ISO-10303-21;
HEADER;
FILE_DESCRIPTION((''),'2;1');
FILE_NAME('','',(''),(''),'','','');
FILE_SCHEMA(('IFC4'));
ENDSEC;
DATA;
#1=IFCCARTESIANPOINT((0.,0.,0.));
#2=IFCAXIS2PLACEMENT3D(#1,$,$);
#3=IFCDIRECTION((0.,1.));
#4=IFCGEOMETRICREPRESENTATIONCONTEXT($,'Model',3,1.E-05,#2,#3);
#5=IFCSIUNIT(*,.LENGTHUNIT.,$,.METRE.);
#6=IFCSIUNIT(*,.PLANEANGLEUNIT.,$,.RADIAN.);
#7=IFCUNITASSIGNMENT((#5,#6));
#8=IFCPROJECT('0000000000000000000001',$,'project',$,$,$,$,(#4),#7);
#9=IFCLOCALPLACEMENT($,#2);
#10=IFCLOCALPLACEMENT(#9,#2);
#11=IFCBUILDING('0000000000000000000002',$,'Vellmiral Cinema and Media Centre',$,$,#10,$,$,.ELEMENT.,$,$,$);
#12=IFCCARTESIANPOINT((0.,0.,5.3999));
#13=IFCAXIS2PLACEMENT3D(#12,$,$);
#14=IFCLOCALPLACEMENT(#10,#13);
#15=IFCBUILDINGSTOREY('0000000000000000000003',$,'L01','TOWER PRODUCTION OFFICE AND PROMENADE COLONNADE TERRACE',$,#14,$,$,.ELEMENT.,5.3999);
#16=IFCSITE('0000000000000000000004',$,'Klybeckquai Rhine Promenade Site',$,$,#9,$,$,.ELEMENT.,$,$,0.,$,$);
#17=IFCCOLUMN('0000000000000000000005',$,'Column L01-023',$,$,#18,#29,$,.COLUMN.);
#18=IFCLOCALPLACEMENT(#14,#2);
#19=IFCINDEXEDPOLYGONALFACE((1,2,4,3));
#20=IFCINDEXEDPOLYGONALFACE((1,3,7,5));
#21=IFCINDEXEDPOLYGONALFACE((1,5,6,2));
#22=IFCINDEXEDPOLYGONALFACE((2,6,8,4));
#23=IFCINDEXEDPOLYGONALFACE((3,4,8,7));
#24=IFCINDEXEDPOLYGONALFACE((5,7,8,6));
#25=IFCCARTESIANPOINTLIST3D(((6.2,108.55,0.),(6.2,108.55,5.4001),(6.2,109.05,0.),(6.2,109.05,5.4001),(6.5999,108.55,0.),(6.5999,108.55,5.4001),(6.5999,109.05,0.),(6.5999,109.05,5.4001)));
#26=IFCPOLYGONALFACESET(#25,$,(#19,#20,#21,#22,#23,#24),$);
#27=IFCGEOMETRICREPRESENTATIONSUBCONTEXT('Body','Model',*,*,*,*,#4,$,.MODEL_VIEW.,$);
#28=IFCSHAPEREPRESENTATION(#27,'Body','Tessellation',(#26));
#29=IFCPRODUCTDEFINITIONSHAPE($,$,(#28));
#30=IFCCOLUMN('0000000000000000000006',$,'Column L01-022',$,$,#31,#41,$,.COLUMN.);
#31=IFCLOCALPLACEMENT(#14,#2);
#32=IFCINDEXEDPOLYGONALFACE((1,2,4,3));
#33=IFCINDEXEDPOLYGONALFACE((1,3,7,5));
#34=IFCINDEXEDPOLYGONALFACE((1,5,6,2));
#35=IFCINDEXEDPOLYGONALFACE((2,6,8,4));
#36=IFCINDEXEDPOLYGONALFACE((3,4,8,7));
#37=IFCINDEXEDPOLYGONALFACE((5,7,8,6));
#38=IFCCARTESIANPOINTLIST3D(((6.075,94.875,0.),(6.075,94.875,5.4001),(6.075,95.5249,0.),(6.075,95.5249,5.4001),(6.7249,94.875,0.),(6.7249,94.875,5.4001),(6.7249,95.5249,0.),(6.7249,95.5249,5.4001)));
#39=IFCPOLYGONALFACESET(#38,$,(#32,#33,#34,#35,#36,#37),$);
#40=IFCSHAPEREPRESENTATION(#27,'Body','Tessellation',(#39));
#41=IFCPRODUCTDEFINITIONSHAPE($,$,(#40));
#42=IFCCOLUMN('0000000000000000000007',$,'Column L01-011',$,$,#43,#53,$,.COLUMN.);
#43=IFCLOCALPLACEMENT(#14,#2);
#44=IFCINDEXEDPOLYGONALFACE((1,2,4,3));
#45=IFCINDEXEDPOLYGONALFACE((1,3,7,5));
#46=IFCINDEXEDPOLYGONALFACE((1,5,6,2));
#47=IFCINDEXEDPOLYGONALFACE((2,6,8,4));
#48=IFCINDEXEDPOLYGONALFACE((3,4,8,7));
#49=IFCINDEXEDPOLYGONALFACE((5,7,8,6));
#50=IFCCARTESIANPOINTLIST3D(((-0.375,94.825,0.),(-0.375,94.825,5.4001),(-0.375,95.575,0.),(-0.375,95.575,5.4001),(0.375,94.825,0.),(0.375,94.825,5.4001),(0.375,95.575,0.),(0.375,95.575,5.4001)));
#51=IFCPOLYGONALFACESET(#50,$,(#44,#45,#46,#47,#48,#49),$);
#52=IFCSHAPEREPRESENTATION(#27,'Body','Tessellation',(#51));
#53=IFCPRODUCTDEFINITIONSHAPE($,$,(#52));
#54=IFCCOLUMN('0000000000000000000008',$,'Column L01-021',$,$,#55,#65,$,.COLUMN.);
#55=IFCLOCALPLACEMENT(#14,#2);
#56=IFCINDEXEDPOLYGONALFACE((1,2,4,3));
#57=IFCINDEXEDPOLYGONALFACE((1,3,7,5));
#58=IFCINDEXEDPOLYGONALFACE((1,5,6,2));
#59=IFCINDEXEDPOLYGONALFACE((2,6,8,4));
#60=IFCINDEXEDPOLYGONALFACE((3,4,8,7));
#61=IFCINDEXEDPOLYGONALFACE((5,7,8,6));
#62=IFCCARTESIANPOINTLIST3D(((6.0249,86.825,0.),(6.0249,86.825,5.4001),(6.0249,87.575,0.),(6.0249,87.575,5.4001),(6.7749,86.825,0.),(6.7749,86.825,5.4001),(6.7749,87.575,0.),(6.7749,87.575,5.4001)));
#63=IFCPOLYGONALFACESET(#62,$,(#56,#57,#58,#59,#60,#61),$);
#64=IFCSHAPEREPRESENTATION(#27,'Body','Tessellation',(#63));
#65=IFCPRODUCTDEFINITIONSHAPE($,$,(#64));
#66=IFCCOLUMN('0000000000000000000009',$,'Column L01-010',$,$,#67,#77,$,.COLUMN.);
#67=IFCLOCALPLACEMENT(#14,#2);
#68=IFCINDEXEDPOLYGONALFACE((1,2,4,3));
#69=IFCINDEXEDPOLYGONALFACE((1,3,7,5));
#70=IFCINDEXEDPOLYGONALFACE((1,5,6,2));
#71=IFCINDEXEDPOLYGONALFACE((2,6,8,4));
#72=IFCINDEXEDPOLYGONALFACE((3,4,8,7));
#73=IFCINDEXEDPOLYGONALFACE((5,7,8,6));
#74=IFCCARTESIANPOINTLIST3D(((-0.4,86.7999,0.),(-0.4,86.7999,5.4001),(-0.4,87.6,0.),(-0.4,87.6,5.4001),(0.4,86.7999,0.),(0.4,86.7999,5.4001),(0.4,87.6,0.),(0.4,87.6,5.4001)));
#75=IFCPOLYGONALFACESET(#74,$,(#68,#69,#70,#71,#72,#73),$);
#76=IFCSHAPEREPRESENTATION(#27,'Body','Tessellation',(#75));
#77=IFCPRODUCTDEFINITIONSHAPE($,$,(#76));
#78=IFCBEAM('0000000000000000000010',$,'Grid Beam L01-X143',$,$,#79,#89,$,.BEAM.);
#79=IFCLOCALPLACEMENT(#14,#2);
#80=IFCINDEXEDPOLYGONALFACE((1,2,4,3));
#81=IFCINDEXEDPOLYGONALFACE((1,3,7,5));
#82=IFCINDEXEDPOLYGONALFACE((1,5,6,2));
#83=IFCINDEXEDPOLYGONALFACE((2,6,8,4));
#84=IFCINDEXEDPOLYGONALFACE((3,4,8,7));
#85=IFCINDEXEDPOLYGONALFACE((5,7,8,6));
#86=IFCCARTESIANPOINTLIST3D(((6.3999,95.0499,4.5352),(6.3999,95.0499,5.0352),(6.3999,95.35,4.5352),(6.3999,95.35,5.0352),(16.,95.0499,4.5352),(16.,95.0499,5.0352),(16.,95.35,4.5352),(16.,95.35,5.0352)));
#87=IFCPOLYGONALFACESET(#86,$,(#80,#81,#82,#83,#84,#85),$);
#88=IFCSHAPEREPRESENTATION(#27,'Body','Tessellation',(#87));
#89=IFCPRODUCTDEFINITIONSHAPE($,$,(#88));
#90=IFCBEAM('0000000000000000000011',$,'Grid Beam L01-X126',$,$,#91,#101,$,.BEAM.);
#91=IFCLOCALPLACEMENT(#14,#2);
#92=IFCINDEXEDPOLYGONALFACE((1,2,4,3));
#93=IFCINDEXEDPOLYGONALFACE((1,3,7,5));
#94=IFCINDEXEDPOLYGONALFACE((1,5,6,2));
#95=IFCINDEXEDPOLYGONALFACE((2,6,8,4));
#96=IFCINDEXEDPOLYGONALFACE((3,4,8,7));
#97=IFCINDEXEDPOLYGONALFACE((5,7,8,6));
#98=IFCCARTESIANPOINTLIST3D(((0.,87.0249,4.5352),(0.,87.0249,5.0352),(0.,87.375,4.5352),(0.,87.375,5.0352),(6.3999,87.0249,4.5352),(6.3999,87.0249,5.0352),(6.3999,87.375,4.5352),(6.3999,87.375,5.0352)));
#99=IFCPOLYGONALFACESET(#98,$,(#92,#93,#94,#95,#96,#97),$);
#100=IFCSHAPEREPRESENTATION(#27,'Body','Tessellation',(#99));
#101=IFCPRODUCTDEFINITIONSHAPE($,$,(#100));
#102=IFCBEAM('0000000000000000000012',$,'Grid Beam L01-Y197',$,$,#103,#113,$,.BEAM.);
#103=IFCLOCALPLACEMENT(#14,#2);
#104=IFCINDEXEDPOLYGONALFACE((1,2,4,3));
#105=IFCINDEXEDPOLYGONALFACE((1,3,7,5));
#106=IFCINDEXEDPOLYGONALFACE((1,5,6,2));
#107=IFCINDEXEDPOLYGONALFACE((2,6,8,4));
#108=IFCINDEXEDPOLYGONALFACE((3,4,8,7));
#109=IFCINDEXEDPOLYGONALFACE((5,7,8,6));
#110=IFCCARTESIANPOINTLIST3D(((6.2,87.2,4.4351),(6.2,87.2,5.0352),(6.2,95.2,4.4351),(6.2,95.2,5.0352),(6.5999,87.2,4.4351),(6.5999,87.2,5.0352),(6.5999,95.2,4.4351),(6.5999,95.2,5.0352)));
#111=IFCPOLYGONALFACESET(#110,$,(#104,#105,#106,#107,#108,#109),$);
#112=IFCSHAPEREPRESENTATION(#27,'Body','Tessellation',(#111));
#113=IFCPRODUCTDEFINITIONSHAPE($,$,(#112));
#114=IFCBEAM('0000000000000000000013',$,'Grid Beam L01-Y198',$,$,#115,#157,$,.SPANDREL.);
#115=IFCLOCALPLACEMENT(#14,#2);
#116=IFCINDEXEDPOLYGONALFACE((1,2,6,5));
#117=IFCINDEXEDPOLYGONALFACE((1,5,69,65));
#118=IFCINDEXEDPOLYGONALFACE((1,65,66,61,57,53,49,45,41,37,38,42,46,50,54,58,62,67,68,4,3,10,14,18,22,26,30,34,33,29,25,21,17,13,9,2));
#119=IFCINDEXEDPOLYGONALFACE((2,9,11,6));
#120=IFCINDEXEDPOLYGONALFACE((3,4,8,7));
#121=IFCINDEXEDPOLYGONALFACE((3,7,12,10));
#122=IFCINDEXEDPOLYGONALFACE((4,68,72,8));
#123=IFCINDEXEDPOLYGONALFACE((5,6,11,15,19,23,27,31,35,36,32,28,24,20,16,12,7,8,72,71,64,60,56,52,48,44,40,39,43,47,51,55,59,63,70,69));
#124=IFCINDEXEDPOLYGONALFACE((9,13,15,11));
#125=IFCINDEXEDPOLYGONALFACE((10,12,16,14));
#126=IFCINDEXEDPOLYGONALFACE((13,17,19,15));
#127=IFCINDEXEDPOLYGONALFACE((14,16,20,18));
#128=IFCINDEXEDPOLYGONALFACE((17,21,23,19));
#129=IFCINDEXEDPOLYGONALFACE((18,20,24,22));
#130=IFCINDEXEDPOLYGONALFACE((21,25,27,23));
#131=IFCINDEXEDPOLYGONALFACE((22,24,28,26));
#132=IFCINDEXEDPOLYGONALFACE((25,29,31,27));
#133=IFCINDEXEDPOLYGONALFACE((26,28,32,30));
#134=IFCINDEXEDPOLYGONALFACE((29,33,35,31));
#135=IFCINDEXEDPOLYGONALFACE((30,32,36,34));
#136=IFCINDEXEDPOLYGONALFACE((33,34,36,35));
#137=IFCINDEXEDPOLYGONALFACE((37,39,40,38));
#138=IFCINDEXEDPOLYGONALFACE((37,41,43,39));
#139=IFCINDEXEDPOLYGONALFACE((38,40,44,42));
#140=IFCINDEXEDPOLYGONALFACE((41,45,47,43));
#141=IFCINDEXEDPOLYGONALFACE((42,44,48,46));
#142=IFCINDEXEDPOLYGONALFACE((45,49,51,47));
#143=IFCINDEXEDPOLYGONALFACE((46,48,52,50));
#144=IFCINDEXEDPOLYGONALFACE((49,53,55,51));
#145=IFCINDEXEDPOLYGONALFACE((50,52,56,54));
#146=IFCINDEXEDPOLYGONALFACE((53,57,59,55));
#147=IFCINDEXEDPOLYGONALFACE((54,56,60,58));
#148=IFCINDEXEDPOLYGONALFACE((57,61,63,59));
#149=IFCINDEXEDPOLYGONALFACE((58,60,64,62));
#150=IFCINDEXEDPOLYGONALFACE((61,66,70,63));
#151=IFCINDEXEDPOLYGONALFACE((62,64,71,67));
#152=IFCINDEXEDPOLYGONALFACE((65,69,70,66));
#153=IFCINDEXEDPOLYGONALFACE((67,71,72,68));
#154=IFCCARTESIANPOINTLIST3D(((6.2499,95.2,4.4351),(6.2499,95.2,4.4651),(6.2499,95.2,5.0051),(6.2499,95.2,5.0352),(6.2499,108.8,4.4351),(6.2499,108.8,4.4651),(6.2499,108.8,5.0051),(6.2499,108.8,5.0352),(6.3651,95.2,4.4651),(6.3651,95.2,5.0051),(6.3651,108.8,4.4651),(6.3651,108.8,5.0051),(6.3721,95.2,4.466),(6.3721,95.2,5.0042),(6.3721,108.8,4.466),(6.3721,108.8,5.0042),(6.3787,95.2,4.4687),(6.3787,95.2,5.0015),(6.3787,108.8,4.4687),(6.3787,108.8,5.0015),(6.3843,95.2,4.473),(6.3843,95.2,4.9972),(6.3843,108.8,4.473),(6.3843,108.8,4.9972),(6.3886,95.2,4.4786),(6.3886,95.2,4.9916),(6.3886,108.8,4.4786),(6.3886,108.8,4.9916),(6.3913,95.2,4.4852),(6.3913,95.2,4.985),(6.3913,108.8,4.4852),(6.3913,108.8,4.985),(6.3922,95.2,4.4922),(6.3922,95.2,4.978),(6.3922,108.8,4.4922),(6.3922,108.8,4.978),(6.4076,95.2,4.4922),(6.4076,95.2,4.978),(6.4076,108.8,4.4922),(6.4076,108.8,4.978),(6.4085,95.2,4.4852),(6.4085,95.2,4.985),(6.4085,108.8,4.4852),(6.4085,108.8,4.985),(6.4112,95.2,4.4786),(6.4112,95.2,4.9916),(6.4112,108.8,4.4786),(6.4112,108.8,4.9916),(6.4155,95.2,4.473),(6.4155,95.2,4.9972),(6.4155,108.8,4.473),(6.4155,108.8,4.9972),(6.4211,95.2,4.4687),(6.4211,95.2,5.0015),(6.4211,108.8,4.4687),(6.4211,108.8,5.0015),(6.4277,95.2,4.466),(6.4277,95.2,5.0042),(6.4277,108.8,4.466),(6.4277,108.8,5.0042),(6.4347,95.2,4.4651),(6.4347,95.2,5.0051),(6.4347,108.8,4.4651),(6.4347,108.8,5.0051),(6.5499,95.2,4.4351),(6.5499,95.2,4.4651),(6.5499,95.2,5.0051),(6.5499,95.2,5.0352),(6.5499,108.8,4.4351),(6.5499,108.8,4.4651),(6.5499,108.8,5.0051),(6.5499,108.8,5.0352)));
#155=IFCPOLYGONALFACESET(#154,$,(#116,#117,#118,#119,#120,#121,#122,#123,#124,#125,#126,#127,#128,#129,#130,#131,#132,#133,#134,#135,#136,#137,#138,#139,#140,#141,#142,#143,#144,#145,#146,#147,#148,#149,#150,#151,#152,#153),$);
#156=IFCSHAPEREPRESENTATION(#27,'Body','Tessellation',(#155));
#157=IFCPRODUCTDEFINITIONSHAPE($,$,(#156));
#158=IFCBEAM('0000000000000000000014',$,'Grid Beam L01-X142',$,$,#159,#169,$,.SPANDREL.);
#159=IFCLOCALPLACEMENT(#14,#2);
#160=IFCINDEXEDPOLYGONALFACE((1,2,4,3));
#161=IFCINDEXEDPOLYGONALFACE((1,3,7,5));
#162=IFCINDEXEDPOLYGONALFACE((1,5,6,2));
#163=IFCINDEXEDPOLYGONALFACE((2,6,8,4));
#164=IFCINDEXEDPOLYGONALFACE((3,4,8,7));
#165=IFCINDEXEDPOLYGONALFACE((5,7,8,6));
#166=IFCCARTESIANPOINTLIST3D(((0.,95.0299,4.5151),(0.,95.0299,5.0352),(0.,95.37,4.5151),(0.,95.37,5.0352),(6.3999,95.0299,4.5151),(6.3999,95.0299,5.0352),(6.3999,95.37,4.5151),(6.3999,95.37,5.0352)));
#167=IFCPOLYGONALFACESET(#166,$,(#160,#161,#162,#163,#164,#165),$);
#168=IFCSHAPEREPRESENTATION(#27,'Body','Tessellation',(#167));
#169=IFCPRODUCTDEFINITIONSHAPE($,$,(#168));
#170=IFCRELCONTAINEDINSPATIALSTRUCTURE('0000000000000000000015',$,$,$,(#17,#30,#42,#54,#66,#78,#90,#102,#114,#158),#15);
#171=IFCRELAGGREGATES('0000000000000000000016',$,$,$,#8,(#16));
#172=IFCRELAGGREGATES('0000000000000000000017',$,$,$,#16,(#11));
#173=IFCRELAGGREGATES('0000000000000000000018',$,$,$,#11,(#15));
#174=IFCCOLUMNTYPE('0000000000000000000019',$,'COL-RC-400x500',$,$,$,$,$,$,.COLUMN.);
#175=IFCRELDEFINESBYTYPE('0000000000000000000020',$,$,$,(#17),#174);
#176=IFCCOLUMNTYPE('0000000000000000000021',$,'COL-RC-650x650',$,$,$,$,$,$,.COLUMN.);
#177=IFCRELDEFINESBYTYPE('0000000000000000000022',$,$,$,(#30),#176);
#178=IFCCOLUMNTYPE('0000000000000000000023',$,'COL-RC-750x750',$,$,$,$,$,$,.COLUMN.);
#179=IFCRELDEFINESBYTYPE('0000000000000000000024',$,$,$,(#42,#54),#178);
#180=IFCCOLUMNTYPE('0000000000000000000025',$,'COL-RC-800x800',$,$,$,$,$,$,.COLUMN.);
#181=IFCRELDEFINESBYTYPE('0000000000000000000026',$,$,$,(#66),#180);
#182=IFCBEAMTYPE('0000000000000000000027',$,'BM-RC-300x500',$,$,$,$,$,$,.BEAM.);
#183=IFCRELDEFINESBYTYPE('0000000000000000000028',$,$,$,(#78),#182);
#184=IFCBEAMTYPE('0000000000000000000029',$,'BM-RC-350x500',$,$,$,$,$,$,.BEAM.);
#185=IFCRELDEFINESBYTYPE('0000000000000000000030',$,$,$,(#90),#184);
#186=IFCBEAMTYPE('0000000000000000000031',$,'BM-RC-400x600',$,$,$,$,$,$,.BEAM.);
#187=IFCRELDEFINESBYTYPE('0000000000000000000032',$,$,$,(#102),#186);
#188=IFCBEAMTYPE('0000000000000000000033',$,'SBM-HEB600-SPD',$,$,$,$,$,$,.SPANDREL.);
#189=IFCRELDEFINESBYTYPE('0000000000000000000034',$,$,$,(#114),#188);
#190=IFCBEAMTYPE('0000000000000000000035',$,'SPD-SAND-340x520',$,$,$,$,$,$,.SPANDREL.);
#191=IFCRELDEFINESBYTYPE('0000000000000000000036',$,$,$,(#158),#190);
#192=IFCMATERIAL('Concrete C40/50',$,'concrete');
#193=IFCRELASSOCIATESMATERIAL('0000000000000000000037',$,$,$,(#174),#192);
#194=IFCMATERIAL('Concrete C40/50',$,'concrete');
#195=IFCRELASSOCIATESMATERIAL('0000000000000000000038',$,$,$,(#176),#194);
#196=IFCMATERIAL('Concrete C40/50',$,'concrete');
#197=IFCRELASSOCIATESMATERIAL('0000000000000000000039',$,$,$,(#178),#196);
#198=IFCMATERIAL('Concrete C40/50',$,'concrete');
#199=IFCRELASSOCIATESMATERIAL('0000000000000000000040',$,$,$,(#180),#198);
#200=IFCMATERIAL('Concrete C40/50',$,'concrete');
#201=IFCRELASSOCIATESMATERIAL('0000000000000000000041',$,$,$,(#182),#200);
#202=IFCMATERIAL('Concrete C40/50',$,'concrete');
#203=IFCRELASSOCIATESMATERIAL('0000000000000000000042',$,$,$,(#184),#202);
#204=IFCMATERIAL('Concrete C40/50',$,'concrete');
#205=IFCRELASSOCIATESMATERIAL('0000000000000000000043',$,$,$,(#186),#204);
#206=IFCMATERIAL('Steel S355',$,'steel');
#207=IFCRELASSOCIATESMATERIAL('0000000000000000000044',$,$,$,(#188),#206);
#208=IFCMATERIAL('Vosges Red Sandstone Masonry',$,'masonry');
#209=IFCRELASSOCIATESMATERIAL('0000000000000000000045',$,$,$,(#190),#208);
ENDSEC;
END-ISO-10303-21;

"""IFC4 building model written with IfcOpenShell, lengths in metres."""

from ifc_helpers import new_model, si_unit, direction, frame, origin, origin_2d, place, context, subcontext, project, spatial, rectangle, i_section, extrude, material, material_profile, profile_set, type_object, element, save


model = new_model("IFC4")

# Units and contexts
model_context = context("Model", 3, precision=1e-05, world=origin(), true_north=direction((0.0, 1.0)))
body_context = subcontext(model_context, "Body", "Model", "MODEL_VIEW")
ifc_project = project(units=[si_unit("LENGTHUNIT", "METRE"), si_unit("PLANEANGLEUNIT", "RADIAN")], contexts=[model_context])

# Site, building, storey
site_placement = place(None, origin())
site = spatial("IfcSite", under=ifc_project, at=site_placement, Name="Klybeckquai Rhine Promenade Site", CompositionType="ELEMENT", RefElevation=0.0)
building_placement = place(site_placement, origin())
building = spatial("IfcBuilding", under=site, at=building_placement, Name="Vellmiral Cinema and Media Centre", CompositionType="ELEMENT")
storey_placement = place(building_placement, frame((0.0, 0.0, 5.3999)))
storey = spatial("IfcBuildingStorey", under=building, at=storey_placement, Name="L01", Description="TOWER PRODUCTION OFFICE AND PROMENADE COLONNADE TERRACE", CompositionType="ELEMENT", Elevation=5.3999)

# Columns
ifc_material_1 = material(Name="Concrete C40/50", Category="concrete")
ifc_material_profile_1 = material_profile(ifc_material_1, rectangle(XDim=0.3999, YDim=0.5, at=origin_2d()), Name="RC 400x500")
ifc_profile_set_1 = profile_set([ifc_material_profile_1], Name="Concrete C40/50")
column_type_1 = type_object("IfcColumnType", Name="COL-RC-400x500", PredefinedType="COLUMN", material=ifc_profile_set_1)
column_1_placement = place(storey_placement, frame((6.3999, 108.8, 0.0), z_axis=(0.0, 0.0, 1.0), x_axis=(1.0, 0.0, 0.0)))
element("IfcColumn", 1, at=column_1_placement, inside=storey, type_object=column_type_1, Name="Column L01-023", PredefinedType="COLUMN", context=body_context, shape_type="SweptSolid", body=[
    extrude(rectangle(XDim=0.3999, YDim=0.5, at=origin_2d()), origin(), (0.0, 0.0, 1.0), 5.4001),
])
ifc_material_2 = material(Name="Concrete C40/50", Category="concrete")
ifc_material_profile_2 = material_profile(ifc_material_2, rectangle(XDim=0.6499, YDim=0.6499, at=origin_2d()), Name="RC 650x650")
ifc_profile_set_2 = profile_set([ifc_material_profile_2], Name="Concrete C40/50")
column_type_2 = type_object("IfcColumnType", Name="COL-RC-650x650", PredefinedType="COLUMN", material=ifc_profile_set_2)
column_2_placement = place(storey_placement, frame((6.3999, 95.2, 0.0), z_axis=(0.0, 0.0, 1.0), x_axis=(1.0, 0.0, 0.0)))
element("IfcColumn", 2, at=column_2_placement, inside=storey, type_object=column_type_2, Name="Column L01-022", PredefinedType="COLUMN", context=body_context, shape_type="SweptSolid", body=[
    extrude(rectangle(XDim=0.6499, YDim=0.6499, at=origin_2d()), origin(), (0.0, 0.0, 1.0), 5.4001),
])
ifc_material_3 = material(Name="Concrete C40/50", Category="concrete")
ifc_material_profile_3 = material_profile(ifc_material_3, rectangle(XDim=0.75, YDim=0.75, at=origin_2d()), Name="RC 750x750")
ifc_profile_set_3 = profile_set([ifc_material_profile_3], Name="Concrete C40/50")
column_type_3 = type_object("IfcColumnType", Name="COL-RC-750x750", PredefinedType="COLUMN", material=ifc_profile_set_3)
for number, where, z_axis, x_axis, name in (
    (3, (0.0, 95.2, 0.0), (0.0, 0.0, 1.0), (1.0, 0.0, 0.0), "Column L01-011"),
    (4, (6.3999, 87.2, 0.0), (0.0, 0.0, 1.0), (1.0, 0.0, 0.0), "Column L01-021"),
):
    element("IfcColumn", number, at=place(storey_placement, frame(where, z_axis=z_axis, x_axis=x_axis)), inside=storey, type_object=column_type_3, Name=name, PredefinedType="COLUMN", context=body_context, shape_type="SweptSolid", body=[
        extrude(rectangle(XDim=0.75, YDim=0.75, at=origin_2d()), origin(), (0.0, 0.0, 1.0), 5.4001),
    ])
ifc_material_4 = material(Name="Concrete C40/50", Category="concrete")
ifc_material_profile_4 = material_profile(ifc_material_4, rectangle(XDim=0.8, YDim=0.8, at=origin_2d()), Name="RC 800x800")
ifc_profile_set_4 = profile_set([ifc_material_profile_4], Name="Concrete C40/50")
column_type_4 = type_object("IfcColumnType", Name="COL-RC-800x800", PredefinedType="COLUMN", material=ifc_profile_set_4)
column_3_placement = place(storey_placement, frame((0.0, 87.2, 0.0), z_axis=(0.0, 0.0, 1.0), x_axis=(1.0, 0.0, 0.0)))
element("IfcColumn", 5, at=column_3_placement, inside=storey, type_object=column_type_4, Name="Column L01-010", PredefinedType="COLUMN", context=body_context, shape_type="SweptSolid", body=[
    extrude(rectangle(XDim=0.8, YDim=0.8, at=origin_2d()), origin(), (0.0, 0.0, 1.0), 5.4001),
])

# Beams
ifc_material_5 = material(Name="Concrete C40/50", Category="concrete")
ifc_material_profile_5 = material_profile(ifc_material_5, rectangle(XDim=0.3, YDim=0.5, at=origin_2d()), Name="RC 300x500")
ifc_profile_set_5 = profile_set([ifc_material_profile_5], Name="Concrete C40/50")
beam_type_1 = type_object("IfcBeamType", Name="BM-RC-300x500", PredefinedType="BEAM", material=ifc_profile_set_5)
beam_1_placement = place(storey_placement, frame((6.3999, 95.2, 4.7852), z_axis=(1.0, 0.0, 0.0), x_axis=(0.0, 1.0, 0.0)))
element("IfcBeam", 6, at=beam_1_placement, inside=storey, type_object=beam_type_1, Name="Grid Beam L01-X143", PredefinedType="BEAM", context=body_context, shape_type="SweptSolid", body=[
    extrude(rectangle(XDim=0.3, YDim=0.5, at=origin_2d()), origin(), (0.0, 0.0, 1.0), 9.6001),
])
ifc_material_6 = material(Name="Concrete C40/50", Category="concrete")
ifc_material_profile_6 = material_profile(ifc_material_6, rectangle(XDim=0.3501, YDim=0.5, at=origin_2d()), Name="RC 350x500")
ifc_profile_set_6 = profile_set([ifc_material_profile_6], Name="Concrete C40/50")
beam_type_2 = type_object("IfcBeamType", Name="BM-RC-350x500", PredefinedType="BEAM", material=ifc_profile_set_6)
beam_2_placement = place(storey_placement, frame((0.0, 87.2, 4.7852), z_axis=(1.0, 0.0, 0.0), x_axis=(0.0, 1.0, 0.0)))
element("IfcBeam", 7, at=beam_2_placement, inside=storey, type_object=beam_type_2, Name="Grid Beam L01-X126", PredefinedType="BEAM", context=body_context, shape_type="SweptSolid", body=[
    extrude(rectangle(XDim=0.3501, YDim=0.5, at=origin_2d()), origin(), (0.0, 0.0, 1.0), 6.3999),
])
ifc_material_7 = material(Name="Concrete C40/50", Category="concrete")
ifc_material_profile_7 = material_profile(ifc_material_7, rectangle(XDim=0.3999, YDim=0.6001, at=origin_2d()), Name="RC 400x600")
ifc_profile_set_7 = profile_set([ifc_material_profile_7], Name="Concrete C40/50")
beam_type_3 = type_object("IfcBeamType", Name="BM-RC-400x600", PredefinedType="BEAM", material=ifc_profile_set_7)
beam_3_placement = place(storey_placement, frame((6.3999, 87.2, 4.7351), z_axis=(0.0, 1.0, 0.0), x_axis=(-1.0, 0.0, 0.0)))
element("IfcBeam", 8, at=beam_3_placement, inside=storey, type_object=beam_type_3, Name="Grid Beam L01-Y197", PredefinedType="BEAM", context=body_context, shape_type="SweptSolid", body=[
    extrude(rectangle(XDim=0.3999, YDim=0.6001, at=origin_2d()), origin(), (0.0, 0.0, 1.0), 8.0),
])
ifc_material_8 = material(Name="Steel S355", Category="steel")
ifc_material_profile_8 = material_profile(ifc_material_8, i_section(OverallWidth=0.3, OverallDepth=0.6001, WebThickness=0.0154, FlangeThickness=0.03, FilletRadius=0.0271, at=origin_2d()), Name="HEB 600")
ifc_profile_set_8 = profile_set([ifc_material_profile_8], Name="Steel S355")
beam_type_4 = type_object("IfcBeamType", Name="SBM-HEB600-SPD", PredefinedType="SPANDREL", material=ifc_profile_set_8)
beam_4_placement = place(storey_placement, frame((6.3999, 95.2, 4.7351), z_axis=(0.0, 1.0, 0.0), x_axis=(-1.0, 0.0, 0.0)))
element("IfcBeam", 9, at=beam_4_placement, inside=storey, type_object=beam_type_4, Name="Grid Beam L01-Y198", PredefinedType="SPANDREL", context=body_context, shape_type="SweptSolid", body=[
    extrude(i_section(OverallWidth=0.3, OverallDepth=0.6001, WebThickness=0.0154, FlangeThickness=0.03, FilletRadius=0.0271, at=origin_2d()), origin(), (0.0, 0.0, 1.0), 13.6001),
])
ifc_material_9 = material(Name="Vosges Red Sandstone Masonry", Category="masonry")
ifc_material_profile_9 = material_profile(ifc_material_9, rectangle(XDim=0.3401, YDim=0.52, at=origin_2d()), Name="SAND 340x520")
ifc_profile_set_9 = profile_set([ifc_material_profile_9], Name="Vosges Red Sandstone Masonry")
beam_type_5 = type_object("IfcBeamType", Name="SPD-SAND-340x520", PredefinedType="SPANDREL", material=ifc_profile_set_9)
beam_5_placement = place(storey_placement, frame((0.0, 95.2, 4.7751), z_axis=(1.0, 0.0, 0.0), x_axis=(0.0, 1.0, 0.0)))
element("IfcBeam", 10, at=beam_5_placement, inside=storey, type_object=beam_type_5, Name="Grid Beam L01-X142", PredefinedType="SPANDREL", context=body_context, shape_type="SweptSolid", body=[
    extrude(rectangle(XDim=0.3401, YDim=0.52, at=origin_2d()), origin(), (0.0, 0.0, 1.0), 6.3999),
])

save(model, "model.ifc")
